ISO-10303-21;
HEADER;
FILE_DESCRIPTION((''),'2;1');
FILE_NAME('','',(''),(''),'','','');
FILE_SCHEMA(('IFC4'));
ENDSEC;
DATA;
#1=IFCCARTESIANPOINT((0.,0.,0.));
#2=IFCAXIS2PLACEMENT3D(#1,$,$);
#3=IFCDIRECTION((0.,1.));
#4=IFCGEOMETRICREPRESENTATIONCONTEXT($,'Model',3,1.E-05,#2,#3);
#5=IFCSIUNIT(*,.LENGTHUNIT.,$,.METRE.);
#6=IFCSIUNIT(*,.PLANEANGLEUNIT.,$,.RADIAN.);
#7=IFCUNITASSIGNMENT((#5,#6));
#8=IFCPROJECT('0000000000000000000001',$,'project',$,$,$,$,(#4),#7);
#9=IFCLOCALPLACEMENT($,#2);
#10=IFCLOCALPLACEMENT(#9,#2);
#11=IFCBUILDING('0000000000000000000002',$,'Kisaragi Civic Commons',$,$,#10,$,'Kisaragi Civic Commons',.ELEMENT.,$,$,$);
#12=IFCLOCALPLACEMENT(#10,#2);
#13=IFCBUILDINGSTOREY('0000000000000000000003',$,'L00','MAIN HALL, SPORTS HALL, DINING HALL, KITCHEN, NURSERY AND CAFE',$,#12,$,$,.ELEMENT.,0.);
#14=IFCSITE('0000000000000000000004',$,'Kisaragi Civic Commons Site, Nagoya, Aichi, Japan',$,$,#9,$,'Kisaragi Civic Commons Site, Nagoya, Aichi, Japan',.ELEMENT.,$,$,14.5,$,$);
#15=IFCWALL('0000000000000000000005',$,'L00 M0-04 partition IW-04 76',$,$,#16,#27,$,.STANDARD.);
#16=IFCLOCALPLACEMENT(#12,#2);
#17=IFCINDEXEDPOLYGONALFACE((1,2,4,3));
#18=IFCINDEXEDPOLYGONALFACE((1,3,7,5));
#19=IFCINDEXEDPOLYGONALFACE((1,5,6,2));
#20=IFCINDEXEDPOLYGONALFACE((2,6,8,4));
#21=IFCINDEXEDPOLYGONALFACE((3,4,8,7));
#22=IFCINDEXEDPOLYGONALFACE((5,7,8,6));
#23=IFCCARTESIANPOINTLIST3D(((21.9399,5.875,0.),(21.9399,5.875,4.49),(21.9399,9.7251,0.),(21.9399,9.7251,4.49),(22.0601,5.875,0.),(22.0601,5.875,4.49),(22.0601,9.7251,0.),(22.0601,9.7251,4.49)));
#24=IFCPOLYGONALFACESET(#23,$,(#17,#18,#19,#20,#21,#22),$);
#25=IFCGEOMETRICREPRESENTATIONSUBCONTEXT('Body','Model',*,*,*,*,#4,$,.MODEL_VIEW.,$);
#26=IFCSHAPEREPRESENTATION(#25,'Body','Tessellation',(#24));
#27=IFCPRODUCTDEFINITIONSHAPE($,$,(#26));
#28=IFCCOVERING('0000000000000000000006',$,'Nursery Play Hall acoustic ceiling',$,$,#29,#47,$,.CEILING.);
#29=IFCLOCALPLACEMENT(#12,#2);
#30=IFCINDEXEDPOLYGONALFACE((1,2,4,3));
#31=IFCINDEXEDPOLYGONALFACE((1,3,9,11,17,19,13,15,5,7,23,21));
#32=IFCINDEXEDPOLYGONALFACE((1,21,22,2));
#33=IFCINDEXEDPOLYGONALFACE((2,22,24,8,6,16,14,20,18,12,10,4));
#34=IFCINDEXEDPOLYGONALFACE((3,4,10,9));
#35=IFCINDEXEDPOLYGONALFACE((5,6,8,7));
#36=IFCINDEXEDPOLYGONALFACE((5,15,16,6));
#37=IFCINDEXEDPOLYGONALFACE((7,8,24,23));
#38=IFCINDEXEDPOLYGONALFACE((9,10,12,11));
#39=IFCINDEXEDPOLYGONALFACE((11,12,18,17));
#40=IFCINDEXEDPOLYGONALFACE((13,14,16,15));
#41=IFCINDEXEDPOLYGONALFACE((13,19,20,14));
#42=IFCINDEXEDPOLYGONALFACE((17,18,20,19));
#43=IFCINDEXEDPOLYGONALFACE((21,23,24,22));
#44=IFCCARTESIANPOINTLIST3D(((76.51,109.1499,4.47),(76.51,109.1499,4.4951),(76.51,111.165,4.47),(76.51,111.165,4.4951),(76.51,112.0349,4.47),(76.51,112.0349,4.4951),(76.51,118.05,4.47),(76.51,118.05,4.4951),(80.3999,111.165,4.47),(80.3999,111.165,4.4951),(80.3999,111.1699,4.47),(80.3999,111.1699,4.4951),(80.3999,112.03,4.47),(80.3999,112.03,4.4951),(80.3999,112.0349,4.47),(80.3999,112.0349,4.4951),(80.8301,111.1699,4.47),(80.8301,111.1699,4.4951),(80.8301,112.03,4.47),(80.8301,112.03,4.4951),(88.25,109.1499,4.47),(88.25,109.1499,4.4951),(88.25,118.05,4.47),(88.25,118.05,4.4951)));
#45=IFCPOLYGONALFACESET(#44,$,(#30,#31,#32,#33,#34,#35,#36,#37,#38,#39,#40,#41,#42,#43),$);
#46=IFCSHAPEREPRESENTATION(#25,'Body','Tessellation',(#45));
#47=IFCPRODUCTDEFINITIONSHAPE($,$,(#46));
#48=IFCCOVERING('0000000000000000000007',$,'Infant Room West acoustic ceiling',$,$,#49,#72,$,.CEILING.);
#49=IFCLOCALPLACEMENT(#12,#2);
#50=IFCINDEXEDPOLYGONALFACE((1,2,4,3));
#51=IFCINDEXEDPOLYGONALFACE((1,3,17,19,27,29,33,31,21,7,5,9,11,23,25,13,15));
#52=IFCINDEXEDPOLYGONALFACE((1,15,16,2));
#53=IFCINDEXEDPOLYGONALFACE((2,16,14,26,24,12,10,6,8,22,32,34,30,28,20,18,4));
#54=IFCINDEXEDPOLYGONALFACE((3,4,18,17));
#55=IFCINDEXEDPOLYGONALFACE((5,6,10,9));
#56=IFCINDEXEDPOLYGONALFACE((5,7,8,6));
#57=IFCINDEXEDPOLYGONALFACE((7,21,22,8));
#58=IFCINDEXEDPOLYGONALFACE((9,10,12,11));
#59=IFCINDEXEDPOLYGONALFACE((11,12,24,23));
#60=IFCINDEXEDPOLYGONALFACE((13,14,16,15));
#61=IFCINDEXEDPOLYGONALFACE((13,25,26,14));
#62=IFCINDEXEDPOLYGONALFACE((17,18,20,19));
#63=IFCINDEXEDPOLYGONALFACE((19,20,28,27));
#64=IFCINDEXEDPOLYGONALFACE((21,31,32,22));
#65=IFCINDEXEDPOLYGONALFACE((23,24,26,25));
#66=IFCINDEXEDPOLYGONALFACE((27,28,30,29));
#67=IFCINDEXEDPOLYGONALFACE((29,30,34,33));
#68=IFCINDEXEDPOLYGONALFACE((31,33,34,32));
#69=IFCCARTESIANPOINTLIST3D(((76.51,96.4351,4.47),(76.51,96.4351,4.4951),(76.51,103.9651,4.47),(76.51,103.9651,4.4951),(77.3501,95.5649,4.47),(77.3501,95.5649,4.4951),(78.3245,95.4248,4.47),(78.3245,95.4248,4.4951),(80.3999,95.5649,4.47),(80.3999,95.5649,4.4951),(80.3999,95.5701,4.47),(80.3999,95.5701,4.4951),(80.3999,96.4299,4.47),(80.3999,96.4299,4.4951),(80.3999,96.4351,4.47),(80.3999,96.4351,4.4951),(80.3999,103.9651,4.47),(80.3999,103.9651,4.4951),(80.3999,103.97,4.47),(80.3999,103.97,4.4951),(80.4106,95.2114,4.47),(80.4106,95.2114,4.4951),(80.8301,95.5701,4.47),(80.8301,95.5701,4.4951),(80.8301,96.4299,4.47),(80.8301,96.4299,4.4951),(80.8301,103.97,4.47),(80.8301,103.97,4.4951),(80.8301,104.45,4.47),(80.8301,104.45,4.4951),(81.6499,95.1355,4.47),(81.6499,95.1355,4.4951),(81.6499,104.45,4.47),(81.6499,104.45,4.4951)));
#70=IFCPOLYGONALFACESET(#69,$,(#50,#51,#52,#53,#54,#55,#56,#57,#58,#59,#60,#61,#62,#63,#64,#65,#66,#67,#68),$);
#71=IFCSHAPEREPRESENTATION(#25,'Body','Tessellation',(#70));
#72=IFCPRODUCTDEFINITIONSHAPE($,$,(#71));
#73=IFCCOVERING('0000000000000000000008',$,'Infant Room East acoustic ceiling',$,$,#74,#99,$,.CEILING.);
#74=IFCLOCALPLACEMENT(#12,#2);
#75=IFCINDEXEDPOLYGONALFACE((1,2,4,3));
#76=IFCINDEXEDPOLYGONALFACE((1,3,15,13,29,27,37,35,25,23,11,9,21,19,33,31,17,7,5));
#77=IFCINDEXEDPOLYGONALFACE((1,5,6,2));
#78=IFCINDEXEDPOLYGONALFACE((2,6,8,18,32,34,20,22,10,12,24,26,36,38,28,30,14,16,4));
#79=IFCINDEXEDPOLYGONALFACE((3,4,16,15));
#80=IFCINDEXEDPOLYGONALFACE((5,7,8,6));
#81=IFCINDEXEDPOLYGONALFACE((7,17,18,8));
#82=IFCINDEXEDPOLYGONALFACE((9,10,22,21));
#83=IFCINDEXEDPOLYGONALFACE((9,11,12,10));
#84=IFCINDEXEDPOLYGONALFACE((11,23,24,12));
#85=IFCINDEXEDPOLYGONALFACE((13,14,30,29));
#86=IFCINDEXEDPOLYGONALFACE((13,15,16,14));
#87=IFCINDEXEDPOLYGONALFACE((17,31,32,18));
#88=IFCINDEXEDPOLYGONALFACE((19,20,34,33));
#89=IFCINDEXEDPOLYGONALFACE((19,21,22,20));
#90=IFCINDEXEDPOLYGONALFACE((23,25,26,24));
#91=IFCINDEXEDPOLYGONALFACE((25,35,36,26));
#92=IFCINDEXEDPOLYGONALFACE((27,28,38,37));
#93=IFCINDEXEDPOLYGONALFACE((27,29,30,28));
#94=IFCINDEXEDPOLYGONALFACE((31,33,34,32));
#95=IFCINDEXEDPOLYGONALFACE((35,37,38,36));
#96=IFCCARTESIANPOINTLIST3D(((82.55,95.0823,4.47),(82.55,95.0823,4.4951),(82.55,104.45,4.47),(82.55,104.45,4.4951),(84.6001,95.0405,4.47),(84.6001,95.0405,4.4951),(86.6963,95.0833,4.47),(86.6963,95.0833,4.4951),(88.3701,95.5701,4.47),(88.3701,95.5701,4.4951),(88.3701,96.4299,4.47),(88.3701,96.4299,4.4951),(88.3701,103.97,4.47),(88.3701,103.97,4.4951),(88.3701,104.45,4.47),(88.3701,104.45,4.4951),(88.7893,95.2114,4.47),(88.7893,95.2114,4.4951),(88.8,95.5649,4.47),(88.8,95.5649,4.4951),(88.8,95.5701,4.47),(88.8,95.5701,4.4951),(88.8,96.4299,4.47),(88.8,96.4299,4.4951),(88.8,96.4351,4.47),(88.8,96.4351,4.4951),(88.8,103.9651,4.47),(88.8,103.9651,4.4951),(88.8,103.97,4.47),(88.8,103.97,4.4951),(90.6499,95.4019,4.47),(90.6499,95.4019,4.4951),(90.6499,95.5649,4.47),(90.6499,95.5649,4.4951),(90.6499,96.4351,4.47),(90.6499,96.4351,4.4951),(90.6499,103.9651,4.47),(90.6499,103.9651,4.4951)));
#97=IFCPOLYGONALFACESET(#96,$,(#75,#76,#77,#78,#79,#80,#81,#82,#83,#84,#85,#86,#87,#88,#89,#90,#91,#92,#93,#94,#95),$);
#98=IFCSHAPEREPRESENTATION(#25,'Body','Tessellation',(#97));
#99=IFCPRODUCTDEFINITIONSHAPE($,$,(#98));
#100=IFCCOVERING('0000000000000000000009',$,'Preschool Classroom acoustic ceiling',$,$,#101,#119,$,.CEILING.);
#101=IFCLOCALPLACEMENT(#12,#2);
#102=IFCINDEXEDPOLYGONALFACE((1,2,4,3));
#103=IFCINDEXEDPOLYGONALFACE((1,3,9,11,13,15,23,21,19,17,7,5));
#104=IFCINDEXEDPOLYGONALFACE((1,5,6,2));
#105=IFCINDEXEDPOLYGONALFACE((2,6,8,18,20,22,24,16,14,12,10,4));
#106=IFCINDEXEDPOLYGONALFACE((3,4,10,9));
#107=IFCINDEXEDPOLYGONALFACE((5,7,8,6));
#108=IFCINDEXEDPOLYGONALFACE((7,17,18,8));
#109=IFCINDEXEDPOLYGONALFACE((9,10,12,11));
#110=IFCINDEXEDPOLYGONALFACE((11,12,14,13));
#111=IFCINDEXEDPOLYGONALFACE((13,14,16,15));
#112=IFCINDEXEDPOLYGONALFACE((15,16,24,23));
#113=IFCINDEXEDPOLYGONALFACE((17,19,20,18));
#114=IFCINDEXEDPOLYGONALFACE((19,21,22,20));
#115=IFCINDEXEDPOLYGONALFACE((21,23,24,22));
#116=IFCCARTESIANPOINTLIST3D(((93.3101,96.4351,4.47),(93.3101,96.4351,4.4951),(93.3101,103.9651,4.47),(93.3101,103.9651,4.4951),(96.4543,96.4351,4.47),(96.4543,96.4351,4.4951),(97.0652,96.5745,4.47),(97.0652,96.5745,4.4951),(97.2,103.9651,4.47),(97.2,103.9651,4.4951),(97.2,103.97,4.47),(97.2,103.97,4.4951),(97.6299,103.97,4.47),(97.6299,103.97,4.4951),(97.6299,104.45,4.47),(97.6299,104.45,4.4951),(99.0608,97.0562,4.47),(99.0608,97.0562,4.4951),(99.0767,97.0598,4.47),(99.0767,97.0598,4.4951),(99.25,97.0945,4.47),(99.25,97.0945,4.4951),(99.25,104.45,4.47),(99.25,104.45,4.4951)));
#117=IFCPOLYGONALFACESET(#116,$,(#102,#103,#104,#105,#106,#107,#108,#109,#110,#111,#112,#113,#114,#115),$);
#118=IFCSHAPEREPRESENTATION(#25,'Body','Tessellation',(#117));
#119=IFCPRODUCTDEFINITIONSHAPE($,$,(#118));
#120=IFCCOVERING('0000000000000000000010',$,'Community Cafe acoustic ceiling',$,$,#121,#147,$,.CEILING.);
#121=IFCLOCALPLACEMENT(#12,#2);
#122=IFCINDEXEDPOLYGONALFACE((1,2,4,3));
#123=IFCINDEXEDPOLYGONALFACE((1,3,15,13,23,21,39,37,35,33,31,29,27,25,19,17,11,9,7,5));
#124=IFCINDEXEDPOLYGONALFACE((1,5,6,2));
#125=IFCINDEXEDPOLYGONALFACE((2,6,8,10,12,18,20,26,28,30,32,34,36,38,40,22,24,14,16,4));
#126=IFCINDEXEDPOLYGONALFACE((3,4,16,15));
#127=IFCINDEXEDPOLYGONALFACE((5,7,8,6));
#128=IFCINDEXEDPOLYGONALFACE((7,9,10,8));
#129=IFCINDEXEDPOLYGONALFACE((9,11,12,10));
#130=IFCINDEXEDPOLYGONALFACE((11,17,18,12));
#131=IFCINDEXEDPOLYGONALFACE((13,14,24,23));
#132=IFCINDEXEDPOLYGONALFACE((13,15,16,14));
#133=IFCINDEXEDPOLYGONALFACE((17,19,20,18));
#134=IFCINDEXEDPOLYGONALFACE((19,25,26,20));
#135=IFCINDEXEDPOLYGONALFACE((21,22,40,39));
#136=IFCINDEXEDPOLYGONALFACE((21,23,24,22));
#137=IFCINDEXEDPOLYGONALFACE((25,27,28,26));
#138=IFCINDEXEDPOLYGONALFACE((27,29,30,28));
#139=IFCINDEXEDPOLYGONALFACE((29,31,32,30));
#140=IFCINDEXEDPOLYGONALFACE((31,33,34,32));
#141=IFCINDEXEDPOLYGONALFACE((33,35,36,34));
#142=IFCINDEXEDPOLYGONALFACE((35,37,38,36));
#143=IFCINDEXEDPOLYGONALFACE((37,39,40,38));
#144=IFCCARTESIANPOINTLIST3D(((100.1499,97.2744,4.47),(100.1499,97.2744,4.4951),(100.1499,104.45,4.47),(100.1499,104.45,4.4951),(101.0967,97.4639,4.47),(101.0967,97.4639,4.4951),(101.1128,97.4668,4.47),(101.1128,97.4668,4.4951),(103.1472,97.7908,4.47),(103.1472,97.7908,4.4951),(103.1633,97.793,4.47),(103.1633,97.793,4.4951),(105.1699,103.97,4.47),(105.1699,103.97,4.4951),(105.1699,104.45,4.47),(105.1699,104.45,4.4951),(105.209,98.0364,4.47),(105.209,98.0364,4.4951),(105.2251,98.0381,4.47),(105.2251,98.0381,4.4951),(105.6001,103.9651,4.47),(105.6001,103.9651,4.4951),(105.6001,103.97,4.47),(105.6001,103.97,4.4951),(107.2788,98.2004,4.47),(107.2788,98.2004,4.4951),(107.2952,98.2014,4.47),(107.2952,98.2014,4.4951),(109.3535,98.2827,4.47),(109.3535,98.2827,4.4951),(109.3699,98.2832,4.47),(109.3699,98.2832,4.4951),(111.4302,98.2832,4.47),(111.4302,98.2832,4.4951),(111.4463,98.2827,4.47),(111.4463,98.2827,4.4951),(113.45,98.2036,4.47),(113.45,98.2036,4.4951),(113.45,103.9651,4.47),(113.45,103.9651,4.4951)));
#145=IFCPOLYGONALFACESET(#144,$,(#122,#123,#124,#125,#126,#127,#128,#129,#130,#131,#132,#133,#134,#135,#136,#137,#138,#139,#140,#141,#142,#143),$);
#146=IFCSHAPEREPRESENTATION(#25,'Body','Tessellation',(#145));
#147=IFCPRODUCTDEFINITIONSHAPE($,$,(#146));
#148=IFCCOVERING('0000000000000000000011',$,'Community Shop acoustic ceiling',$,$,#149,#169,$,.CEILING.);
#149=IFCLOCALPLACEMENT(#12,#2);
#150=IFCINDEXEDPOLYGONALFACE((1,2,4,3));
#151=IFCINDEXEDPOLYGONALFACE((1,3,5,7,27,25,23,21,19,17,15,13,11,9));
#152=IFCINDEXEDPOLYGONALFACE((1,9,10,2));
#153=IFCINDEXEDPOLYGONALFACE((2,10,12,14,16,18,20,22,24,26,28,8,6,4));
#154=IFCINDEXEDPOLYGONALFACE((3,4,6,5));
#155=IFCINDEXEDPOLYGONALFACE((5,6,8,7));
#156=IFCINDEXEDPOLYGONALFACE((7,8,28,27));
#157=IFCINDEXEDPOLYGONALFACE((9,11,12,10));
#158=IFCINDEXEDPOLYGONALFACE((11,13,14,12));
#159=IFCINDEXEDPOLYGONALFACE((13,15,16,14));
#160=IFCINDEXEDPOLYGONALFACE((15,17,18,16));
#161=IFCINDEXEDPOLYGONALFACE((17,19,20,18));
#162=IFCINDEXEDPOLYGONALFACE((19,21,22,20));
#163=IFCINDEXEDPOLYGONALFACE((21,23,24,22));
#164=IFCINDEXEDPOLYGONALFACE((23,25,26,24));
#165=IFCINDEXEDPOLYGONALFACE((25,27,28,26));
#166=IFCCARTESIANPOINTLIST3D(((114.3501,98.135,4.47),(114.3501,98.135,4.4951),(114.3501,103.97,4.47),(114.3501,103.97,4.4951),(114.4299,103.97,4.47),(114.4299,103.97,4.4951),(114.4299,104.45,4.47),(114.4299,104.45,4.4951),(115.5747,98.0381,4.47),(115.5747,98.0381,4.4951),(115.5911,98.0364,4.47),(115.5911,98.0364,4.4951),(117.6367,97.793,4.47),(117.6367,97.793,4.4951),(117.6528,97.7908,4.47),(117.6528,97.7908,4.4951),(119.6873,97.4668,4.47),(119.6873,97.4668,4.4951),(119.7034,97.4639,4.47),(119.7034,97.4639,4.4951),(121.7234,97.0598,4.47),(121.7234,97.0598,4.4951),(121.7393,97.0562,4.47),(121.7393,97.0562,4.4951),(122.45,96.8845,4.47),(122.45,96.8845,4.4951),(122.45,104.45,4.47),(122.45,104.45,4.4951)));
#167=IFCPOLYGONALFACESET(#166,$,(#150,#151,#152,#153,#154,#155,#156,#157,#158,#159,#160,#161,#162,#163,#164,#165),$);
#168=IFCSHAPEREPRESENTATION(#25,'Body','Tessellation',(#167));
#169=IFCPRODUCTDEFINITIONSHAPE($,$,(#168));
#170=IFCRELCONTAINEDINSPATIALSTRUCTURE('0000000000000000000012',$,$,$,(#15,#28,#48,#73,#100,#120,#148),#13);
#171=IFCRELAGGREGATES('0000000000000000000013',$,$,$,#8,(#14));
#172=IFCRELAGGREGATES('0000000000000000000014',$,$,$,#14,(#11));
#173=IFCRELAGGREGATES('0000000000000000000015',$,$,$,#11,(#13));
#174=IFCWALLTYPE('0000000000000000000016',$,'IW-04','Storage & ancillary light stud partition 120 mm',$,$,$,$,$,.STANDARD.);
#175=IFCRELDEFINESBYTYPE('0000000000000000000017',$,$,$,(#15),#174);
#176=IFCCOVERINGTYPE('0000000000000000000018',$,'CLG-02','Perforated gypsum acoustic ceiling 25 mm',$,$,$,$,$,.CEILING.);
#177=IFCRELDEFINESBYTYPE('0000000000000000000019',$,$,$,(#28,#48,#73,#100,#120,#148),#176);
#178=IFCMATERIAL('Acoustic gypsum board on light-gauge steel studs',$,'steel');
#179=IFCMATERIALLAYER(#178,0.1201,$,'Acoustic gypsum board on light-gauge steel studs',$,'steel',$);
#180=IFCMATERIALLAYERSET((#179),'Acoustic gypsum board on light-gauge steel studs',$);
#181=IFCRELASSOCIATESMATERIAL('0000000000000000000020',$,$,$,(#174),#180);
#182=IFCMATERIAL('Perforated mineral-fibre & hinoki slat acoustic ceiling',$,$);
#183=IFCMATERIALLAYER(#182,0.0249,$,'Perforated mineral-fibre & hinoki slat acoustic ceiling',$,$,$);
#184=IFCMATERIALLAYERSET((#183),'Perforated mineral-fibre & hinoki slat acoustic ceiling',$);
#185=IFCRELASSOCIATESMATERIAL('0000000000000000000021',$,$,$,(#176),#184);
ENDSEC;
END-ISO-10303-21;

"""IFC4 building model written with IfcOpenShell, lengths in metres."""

from ifc_helpers import new_model, si_unit, direction, frame, frame_2d, origin, place, context, subcontext, project, spatial, polyline, rectangle, outline, extrude, material, layer, layer_set, type_object, element, save


model = new_model("IFC4")

# Units and contexts
model_context = context("Model", 3, precision=1e-05, world=origin(), true_north=direction((0.0, 1.0)))
body_context = subcontext(model_context, "Body", "Model", "MODEL_VIEW")
ifc_project = project(units=[si_unit("LENGTHUNIT", "METRE"), si_unit("PLANEANGLEUNIT", "RADIAN")], contexts=[model_context])

# Site, building, storey
site_placement = place(None, origin())
site = spatial("IfcSite", under=ifc_project, at=site_placement, Name="Kisaragi Civic Commons Site, Nagoya, Aichi, Japan", LongName="Kisaragi Civic Commons Site, Nagoya, Aichi, Japan", CompositionType="ELEMENT", RefElevation=14.5)
building_placement = place(site_placement, origin())
building = spatial("IfcBuilding", under=site, at=building_placement, Name="Kisaragi Civic Commons", LongName="Kisaragi Civic Commons", CompositionType="ELEMENT")
storey_placement = place(building_placement, origin())
storey = spatial("IfcBuildingStorey", under=building, at=storey_placement, Name="L00", Description="MAIN HALL, SPORTS HALL, DINING HALL, KITCHEN, NURSERY AND CAFE", CompositionType="ELEMENT", Elevation=0.0)

# Wall
ifc_material_1 = material(Name="Acoustic gypsum board on light-gauge steel studs", Category="steel")
ifc_layer_1 = layer(ifc_material_1, 0.1201, Name="Acoustic gypsum board on light-gauge steel studs", Category="steel")
ifc_layer_set_1 = layer_set([ifc_layer_1], Name="Acoustic gypsum board on light-gauge steel studs")
wall_type_1 = type_object("IfcWallType", Name="IW-04", Description="Storage & ancillary light stud partition 120 mm", PredefinedType="STANDARD", material=ifc_layer_set_1)
wall_1_placement = place(storey_placement, frame((22.0, 5.875, 0.0), z_axis=(0.0, 0.0, 1.0), x_axis=(0.0, 1.0, 0.0)))
element("IfcWall", 1, at=wall_1_placement, inside=storey, type_object=wall_type_1, Name="L00 M0-04 partition IW-04 76", PredefinedType="STANDARD", context=body_context, shape_type="SweptSolid", body=[
    extrude(rectangle(XDim=3.8501, YDim=0.1201, at=frame_2d((1.925, 0.0))), origin(), (0.0, 0.0, 1.0), 4.49),
])

# Coverings
ifc_material_2 = material(Name="Perforated mineral-fibre & hinoki slat acoustic ceiling")
ifc_layer_2 = layer(ifc_material_2, 0.0249, Name="Perforated mineral-fibre & hinoki slat acoustic ceiling")
ifc_layer_set_2 = layer_set([ifc_layer_2], Name="Perforated mineral-fibre & hinoki slat acoustic ceiling")
covering_type_1 = type_object("IfcCoveringType", Name="CLG-02", Description="Perforated gypsum acoustic ceiling 25 mm", PredefinedType="CEILING", material=ifc_layer_set_2)
covering_1_placement = place(storey_placement, frame((0.0, 0.0, 4.47)))
element("IfcCovering", 2, at=covering_1_placement, inside=storey, type_object=covering_type_1, Name="Nursery Play Hall acoustic ceiling", PredefinedType="CEILING", context=body_context, shape_type="SweptSolid", body=[
    extrude(outline(polyline([(88.25, 109.1499), (88.25, 118.05), (76.51, 118.05), (76.51, 112.0349), (80.3999, 112.0349), (80.3999, 112.03), (80.8301, 112.03), (80.8301, 111.1699), (80.3999, 111.1699), (80.3999, 111.165), (76.51, 111.165), (76.51, 109.1499), (88.25, 109.1499)])), origin(), (0.0, 0.0, 1.0), 0.0251),
])
covering_2_placement = place(storey_placement, frame((0.0, 0.0, 4.47)))
element("IfcCovering", 3, at=covering_2_placement, inside=storey, type_object=covering_type_1, Name="Infant Room West acoustic ceiling", PredefinedType="CEILING", context=body_context, shape_type="SweptSolid", body=[
    extrude(outline(polyline([(80.4106, 95.2114), (81.6499, 95.1355), (81.6499, 104.45), (80.8301, 104.45), (80.8301, 103.97), (80.3999, 103.97), (80.3999, 103.9651), (76.51, 103.9651), (76.51, 96.4351), (80.3999, 96.4351), (80.3999, 96.4299), (80.8301, 96.4299), (80.8301, 95.5701), (80.3999, 95.5701), (80.3999, 95.5649), (77.3501, 95.5649), (78.3245, 95.4248), (80.4106, 95.2114)])), origin(), (0.0, 0.0, 1.0), 0.0251),
])
covering_3_placement = place(storey_placement, frame((0.0, 0.0, 4.47)))
element("IfcCovering", 4, at=covering_3_placement, inside=storey, type_object=covering_type_1, Name="Infant Room East acoustic ceiling", PredefinedType="CEILING", context=body_context, shape_type="SweptSolid", body=[
    extrude(outline(polyline([(82.55, 104.45), (82.55, 95.0823), (84.6001, 95.0405), (86.6963, 95.0833), (88.7893, 95.2114), (90.6499, 95.4019), (90.6499, 95.5649), (88.8, 95.5649), (88.8, 95.5701), (88.3701, 95.5701), (88.3701, 96.4299), (88.8, 96.4299), (88.8, 96.4351), (90.6499, 96.4351), (90.6499, 103.9651), (88.8, 103.9651), (88.8, 103.97), (88.3701, 103.97), (88.3701, 104.45), (82.55, 104.45)])), origin(), (0.0, 0.0, 1.0), 0.0251),
])
covering_4_placement = place(storey_placement, frame((0.0, 0.0, 4.47)))
element("IfcCovering", 5, at=covering_4_placement, inside=storey, type_object=covering_type_1, Name="Preschool Classroom acoustic ceiling", PredefinedType="CEILING", context=body_context, shape_type="SweptSolid", body=[
    extrude(outline(polyline([(99.0767, 97.0598), (99.25, 97.0945), (99.25, 104.45), (97.6299, 104.45), (97.6299, 103.97), (97.2, 103.97), (97.2, 103.9651), (93.3101, 103.9651), (93.3101, 96.4351), (96.4543, 96.4351), (97.0652, 96.5745), (99.0608, 97.0562), (99.0767, 97.0598)])), origin(), (0.0, 0.0, 1.0), 0.0251),
])
covering_5_placement = place(storey_placement, frame((0.0, 0.0, 4.47)))
element("IfcCovering", 6, at=covering_5_placement, inside=storey, type_object=covering_type_1, Name="Community Cafe acoustic ceiling", PredefinedType="CEILING", context=body_context, shape_type="SweptSolid", body=[
    extrude(outline(polyline([(111.4463, 98.2827), (113.45, 98.2036), (113.45, 103.9651), (105.6001, 103.9651), (105.6001, 103.97), (105.1699, 103.97), (105.1699, 104.45), (100.1499, 104.45), (100.1499, 97.2744), (101.0967, 97.4639), (101.1128, 97.4668), (103.1472, 97.7908), (103.1633, 97.793), (105.209, 98.0364), (105.2251, 98.0381), (107.2788, 98.2004), (107.2952, 98.2014), (109.3535, 98.2827), (109.3699, 98.2832), (111.4302, 98.2832), (111.4463, 98.2827)])), origin(), (0.0, 0.0, 1.0), 0.0251),
])
covering_6_placement = place(storey_placement, frame((0.0, 0.0, 4.47)))
element("IfcCovering", 7, at=covering_6_placement, inside=storey, type_object=covering_type_1, Name="Community Shop acoustic ceiling", PredefinedType="CEILING", context=body_context, shape_type="SweptSolid", body=[
    extrude(outline(polyline([(121.7393, 97.0562), (122.45, 96.8845), (122.45, 104.45), (114.4299, 104.45), (114.4299, 103.97), (114.3501, 103.97), (114.3501, 98.135), (115.5747, 98.0381), (115.5911, 98.0364), (117.6367, 97.793), (117.6528, 97.7908), (119.6873, 97.4668), (119.7034, 97.4639), (121.7234, 97.0598), (121.7393, 97.0562)])), origin(), (0.0, 0.0, 1.0), 0.0251),
])

save(model, "model.ifc")
